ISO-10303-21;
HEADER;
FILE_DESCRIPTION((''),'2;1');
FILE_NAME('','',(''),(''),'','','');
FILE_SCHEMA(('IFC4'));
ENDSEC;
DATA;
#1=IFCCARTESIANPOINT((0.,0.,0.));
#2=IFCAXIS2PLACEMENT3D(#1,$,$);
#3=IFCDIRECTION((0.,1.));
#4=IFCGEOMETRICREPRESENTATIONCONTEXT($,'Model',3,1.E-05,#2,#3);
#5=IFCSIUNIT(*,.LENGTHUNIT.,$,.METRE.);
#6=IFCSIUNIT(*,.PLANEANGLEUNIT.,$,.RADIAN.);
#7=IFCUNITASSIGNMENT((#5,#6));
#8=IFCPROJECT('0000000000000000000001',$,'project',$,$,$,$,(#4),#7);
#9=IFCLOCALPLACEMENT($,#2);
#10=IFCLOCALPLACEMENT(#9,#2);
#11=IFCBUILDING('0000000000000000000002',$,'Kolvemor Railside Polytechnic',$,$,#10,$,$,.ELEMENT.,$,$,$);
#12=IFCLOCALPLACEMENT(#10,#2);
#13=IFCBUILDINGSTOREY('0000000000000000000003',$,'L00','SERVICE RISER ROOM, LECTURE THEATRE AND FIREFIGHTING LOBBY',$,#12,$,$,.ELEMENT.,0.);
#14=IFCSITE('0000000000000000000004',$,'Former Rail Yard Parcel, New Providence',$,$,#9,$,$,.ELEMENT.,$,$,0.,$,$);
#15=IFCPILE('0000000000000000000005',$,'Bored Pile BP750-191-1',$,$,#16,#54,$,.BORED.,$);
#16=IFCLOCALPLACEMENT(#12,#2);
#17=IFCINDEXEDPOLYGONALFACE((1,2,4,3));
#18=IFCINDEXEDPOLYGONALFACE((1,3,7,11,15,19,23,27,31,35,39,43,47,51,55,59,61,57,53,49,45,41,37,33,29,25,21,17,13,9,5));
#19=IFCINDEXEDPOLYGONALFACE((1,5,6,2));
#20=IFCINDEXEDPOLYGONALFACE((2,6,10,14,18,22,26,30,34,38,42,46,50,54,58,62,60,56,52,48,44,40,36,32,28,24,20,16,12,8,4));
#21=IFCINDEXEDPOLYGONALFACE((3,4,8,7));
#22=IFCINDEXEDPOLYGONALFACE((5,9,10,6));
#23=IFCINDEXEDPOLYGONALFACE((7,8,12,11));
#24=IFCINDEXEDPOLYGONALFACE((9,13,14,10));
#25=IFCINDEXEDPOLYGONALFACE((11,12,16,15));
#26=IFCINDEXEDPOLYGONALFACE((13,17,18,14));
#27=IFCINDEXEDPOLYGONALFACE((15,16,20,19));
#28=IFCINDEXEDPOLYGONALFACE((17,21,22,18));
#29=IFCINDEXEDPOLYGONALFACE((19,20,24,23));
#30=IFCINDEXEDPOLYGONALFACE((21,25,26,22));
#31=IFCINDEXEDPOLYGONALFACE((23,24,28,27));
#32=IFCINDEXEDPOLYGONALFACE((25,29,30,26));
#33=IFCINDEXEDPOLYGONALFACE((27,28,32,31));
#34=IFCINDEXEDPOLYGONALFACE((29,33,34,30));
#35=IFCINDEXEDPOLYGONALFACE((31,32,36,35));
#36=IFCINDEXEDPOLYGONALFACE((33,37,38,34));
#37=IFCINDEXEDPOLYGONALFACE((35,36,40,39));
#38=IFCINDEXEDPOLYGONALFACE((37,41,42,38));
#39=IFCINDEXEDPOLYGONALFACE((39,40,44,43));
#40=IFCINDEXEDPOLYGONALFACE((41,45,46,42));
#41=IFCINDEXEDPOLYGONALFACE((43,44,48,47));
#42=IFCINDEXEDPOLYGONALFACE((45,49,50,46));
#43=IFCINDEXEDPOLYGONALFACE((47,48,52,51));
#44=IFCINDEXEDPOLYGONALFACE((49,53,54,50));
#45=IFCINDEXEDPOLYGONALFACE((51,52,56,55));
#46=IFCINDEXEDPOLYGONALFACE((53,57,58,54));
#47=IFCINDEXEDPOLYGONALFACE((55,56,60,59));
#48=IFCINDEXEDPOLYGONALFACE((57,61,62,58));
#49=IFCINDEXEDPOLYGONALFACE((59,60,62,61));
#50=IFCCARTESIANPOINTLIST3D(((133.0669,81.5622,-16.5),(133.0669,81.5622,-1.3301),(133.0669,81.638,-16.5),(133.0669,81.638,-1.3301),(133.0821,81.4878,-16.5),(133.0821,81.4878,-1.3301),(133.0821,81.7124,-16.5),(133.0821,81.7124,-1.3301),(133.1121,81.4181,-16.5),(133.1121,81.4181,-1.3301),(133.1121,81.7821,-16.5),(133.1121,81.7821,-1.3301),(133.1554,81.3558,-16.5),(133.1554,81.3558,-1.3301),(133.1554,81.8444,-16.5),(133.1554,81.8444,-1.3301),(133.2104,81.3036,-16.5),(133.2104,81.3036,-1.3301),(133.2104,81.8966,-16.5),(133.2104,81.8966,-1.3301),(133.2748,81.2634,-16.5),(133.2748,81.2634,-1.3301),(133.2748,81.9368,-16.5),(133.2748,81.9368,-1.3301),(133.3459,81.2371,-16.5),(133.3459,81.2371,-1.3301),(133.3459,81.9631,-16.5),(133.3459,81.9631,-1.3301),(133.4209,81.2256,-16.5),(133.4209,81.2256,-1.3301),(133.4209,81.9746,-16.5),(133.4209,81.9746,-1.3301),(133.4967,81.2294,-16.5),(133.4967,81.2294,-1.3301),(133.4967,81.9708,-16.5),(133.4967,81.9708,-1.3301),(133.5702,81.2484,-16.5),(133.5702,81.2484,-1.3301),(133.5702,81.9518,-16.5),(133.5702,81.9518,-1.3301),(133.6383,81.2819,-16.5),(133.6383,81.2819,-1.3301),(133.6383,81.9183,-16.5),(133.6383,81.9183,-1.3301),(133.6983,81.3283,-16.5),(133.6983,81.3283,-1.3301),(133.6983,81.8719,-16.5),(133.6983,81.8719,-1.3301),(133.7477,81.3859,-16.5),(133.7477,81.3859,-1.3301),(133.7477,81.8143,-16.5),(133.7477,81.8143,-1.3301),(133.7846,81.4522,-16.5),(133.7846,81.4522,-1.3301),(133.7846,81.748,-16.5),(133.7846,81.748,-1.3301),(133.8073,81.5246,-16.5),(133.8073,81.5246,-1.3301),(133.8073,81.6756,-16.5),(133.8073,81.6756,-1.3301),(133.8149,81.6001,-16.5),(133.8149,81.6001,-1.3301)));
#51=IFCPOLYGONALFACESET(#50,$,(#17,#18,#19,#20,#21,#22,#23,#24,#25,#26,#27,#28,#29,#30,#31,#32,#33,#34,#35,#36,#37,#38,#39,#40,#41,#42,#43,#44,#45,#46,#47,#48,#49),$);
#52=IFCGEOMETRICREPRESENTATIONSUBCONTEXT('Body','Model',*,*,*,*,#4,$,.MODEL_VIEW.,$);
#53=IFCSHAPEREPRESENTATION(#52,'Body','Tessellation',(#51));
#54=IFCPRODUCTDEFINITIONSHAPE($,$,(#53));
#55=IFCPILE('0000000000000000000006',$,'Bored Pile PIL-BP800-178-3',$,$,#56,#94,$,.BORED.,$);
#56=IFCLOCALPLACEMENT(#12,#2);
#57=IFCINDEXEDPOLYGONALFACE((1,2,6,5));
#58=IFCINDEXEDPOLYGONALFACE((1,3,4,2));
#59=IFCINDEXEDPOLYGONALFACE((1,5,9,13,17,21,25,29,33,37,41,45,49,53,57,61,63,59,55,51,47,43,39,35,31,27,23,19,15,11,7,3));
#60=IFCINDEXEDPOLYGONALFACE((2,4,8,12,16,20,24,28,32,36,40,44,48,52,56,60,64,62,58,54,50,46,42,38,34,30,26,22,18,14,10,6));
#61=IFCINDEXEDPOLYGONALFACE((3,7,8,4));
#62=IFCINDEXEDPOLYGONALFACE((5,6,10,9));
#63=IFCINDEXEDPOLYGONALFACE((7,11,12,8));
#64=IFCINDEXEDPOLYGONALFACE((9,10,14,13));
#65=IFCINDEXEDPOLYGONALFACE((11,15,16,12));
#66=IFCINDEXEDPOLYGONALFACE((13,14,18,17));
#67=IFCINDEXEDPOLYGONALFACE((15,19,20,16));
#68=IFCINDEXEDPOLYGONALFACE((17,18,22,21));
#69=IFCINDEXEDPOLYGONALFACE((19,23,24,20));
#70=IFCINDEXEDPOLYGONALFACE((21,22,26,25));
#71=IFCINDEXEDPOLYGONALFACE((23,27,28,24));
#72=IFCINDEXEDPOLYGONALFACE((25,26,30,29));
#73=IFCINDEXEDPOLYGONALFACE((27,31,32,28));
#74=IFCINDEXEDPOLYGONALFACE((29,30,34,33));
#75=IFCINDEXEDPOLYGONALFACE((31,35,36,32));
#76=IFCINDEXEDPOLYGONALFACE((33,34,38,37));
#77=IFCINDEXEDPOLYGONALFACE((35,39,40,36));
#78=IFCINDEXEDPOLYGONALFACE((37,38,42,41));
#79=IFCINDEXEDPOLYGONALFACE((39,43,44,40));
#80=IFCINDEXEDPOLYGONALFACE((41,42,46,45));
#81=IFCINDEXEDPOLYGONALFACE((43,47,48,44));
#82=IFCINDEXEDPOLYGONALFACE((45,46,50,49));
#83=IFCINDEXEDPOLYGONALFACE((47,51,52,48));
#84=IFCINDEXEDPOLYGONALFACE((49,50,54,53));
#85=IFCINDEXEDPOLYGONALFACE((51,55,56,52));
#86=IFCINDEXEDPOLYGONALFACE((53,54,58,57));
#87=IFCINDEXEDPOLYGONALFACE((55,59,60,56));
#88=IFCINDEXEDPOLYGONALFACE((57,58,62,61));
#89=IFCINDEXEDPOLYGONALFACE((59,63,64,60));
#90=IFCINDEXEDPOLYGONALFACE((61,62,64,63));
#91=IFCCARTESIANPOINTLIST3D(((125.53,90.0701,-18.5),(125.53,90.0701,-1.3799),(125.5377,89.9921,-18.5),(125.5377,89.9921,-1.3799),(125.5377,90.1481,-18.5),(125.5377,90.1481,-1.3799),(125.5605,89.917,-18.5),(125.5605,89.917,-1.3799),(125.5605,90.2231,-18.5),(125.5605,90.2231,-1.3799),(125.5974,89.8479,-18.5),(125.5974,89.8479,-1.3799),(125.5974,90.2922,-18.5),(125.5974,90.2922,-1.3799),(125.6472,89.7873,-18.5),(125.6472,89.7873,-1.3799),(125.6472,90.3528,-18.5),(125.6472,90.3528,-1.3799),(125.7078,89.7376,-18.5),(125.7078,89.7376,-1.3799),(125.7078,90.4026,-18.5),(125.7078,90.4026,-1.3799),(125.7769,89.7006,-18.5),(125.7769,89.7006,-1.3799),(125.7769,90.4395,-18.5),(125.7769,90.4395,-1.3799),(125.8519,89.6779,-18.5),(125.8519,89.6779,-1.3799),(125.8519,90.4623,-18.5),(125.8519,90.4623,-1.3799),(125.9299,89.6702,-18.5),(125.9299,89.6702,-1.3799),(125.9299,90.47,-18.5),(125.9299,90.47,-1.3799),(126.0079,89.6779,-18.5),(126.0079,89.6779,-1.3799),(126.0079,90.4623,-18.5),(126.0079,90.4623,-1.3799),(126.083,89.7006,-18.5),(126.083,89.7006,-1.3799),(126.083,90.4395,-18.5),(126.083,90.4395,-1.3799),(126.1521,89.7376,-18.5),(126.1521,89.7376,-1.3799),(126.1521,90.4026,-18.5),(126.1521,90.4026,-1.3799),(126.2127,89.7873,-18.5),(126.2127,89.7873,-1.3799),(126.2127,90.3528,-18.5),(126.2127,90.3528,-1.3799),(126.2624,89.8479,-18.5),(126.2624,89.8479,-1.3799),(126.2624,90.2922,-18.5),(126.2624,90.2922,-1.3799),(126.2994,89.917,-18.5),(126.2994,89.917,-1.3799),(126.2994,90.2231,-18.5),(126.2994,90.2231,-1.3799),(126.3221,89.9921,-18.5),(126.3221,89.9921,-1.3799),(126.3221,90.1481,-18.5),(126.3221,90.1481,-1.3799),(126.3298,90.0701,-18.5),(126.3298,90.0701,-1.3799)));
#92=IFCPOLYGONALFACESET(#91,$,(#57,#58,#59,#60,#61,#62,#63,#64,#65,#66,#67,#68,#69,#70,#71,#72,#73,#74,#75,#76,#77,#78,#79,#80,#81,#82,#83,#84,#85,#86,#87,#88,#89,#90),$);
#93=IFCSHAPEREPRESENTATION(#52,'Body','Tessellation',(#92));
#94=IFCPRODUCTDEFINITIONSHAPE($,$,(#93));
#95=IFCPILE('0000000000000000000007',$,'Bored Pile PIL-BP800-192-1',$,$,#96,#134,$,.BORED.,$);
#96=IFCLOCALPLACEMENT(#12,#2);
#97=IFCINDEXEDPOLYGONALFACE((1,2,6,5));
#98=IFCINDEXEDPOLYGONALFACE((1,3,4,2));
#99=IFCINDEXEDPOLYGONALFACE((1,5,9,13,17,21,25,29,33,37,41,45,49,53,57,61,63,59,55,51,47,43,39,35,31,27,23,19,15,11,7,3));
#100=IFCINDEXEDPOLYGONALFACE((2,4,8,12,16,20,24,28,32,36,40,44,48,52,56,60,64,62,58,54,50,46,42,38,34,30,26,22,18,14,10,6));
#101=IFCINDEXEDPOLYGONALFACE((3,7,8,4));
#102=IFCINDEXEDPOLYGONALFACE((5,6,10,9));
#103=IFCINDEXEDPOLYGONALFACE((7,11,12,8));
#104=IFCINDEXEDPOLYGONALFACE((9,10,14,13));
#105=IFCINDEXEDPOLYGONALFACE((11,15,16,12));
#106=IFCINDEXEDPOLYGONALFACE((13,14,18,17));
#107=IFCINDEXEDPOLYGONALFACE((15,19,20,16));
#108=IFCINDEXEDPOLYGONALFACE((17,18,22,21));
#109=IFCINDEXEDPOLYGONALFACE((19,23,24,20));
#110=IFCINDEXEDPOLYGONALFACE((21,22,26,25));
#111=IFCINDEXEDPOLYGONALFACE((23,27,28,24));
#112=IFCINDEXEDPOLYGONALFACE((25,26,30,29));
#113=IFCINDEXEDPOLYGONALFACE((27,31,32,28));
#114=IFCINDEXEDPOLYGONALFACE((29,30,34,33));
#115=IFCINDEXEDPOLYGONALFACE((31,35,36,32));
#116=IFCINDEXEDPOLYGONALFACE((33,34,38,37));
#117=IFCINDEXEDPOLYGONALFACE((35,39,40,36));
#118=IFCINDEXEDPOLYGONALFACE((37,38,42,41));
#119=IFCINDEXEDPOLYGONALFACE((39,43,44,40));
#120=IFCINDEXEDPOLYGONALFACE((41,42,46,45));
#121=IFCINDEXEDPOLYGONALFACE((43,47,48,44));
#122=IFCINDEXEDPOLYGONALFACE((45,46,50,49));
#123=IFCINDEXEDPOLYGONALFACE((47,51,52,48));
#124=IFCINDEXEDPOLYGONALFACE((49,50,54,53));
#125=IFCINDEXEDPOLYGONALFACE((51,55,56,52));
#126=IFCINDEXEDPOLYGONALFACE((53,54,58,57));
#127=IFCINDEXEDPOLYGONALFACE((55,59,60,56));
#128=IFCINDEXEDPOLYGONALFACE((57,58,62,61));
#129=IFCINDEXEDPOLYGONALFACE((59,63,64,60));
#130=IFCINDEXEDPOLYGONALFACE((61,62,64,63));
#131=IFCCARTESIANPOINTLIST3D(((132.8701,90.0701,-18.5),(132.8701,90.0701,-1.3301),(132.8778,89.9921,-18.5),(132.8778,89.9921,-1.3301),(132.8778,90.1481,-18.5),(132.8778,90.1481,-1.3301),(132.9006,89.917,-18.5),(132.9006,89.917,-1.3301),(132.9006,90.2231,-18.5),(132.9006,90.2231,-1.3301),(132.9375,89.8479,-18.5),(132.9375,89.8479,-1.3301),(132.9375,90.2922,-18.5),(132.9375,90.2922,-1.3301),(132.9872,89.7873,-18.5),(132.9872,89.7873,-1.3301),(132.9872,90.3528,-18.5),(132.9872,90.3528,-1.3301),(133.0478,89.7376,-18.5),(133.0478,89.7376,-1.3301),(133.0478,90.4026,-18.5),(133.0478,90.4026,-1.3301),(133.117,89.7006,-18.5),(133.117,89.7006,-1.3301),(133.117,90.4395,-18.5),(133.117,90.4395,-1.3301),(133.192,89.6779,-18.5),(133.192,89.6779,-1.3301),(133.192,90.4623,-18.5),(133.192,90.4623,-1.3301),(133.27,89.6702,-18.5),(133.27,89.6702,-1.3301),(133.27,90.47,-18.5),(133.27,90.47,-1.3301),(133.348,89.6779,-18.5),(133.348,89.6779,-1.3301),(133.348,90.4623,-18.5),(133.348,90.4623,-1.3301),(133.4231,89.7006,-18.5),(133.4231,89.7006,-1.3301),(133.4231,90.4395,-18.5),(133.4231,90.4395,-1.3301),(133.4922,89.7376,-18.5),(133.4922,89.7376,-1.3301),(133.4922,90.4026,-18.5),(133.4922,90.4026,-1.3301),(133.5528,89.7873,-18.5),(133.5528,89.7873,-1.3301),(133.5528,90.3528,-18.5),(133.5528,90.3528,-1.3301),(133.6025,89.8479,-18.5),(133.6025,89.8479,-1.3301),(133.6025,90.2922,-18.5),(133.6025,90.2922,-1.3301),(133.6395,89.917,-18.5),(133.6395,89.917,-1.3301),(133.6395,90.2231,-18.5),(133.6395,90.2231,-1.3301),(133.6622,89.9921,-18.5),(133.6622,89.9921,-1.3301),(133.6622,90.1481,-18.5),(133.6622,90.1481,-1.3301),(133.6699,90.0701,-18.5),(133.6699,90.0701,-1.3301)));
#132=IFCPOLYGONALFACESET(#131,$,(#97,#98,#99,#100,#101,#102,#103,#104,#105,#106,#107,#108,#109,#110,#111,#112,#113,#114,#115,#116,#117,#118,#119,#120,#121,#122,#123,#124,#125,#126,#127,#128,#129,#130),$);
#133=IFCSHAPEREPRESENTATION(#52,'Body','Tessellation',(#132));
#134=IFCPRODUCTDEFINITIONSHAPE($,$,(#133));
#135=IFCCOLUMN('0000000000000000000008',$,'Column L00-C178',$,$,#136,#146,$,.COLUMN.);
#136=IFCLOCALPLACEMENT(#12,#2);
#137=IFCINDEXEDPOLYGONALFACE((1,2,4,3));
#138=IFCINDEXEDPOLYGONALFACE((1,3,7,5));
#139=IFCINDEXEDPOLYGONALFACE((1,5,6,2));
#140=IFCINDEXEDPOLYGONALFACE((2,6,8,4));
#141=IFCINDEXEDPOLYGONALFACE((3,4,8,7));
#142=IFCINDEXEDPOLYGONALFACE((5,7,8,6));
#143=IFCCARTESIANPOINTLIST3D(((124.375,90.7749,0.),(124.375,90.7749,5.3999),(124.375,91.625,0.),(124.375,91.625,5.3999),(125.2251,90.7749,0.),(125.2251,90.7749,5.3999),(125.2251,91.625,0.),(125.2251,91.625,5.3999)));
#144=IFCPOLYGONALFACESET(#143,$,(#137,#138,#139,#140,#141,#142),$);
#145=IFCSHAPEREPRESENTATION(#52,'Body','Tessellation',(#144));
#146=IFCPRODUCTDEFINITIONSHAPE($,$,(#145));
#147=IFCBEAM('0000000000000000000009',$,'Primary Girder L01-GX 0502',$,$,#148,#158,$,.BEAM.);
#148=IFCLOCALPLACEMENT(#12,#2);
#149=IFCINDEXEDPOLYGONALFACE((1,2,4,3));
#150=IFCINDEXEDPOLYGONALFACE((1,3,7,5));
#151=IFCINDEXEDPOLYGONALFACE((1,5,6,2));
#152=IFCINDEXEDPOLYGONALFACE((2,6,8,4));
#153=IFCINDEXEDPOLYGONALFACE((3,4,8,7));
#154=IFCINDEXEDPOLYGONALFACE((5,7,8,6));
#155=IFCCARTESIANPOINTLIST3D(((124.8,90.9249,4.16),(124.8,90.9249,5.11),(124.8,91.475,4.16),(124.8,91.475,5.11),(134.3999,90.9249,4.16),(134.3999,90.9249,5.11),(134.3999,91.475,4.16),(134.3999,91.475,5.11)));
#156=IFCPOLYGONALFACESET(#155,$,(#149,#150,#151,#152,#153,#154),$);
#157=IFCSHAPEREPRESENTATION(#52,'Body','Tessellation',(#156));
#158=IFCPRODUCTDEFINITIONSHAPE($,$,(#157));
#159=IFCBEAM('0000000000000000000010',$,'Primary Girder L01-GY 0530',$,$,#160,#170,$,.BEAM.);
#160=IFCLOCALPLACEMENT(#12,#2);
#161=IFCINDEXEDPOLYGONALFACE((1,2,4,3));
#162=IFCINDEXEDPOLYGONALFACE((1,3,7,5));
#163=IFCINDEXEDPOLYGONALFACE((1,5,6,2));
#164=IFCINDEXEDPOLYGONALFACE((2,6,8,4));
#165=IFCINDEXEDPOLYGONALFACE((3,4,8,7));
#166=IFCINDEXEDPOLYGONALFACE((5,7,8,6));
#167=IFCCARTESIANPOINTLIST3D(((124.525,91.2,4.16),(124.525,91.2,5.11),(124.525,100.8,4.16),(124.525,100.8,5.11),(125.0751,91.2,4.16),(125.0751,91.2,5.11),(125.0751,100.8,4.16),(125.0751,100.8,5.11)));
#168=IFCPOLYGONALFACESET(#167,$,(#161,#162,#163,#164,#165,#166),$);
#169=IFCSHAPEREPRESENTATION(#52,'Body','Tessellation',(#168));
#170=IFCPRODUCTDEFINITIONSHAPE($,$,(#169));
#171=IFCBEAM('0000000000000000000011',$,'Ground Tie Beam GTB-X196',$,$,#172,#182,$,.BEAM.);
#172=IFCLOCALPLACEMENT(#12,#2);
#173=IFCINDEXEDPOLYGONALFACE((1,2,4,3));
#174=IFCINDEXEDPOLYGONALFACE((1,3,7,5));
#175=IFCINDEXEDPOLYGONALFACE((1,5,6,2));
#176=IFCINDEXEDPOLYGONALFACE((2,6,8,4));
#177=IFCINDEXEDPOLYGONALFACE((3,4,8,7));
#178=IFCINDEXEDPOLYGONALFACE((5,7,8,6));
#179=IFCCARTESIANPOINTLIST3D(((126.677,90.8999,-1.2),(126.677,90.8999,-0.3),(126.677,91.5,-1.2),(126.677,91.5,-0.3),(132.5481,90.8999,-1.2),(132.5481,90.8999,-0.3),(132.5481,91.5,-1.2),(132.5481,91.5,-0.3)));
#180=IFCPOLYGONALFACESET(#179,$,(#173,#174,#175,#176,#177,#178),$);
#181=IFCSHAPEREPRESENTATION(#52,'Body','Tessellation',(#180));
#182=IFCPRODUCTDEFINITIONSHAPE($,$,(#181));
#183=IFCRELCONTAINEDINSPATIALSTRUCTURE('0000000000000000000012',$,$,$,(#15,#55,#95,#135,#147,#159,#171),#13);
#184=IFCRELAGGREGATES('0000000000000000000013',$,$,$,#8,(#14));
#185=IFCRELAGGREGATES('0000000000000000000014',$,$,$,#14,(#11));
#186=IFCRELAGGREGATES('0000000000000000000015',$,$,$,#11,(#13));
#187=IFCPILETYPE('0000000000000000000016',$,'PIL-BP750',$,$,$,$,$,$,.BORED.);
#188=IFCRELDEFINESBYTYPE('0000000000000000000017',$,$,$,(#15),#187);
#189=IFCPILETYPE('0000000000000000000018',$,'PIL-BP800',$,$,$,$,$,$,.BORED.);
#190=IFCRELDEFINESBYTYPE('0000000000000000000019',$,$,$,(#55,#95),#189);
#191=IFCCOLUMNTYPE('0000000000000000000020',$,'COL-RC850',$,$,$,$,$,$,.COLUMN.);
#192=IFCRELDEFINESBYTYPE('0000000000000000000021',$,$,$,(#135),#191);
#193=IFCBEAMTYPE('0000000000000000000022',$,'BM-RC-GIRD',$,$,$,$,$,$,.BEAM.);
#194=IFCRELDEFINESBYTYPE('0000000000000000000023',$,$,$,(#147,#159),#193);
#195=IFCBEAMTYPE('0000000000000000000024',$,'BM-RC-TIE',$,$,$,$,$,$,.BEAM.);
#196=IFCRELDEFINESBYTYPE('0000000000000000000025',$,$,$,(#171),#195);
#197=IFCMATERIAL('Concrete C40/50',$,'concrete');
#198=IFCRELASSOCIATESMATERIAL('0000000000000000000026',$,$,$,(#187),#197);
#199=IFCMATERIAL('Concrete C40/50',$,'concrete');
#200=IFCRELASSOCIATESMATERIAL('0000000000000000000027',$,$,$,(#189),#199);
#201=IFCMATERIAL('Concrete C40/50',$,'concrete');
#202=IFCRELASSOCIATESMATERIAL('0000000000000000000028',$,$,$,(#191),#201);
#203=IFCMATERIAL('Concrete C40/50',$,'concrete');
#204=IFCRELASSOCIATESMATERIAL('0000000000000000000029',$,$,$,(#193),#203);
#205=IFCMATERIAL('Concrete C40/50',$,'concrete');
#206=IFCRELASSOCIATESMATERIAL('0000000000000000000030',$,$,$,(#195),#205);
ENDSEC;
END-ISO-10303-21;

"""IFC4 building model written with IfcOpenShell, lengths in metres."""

from ifc_helpers import new_model, si_unit, direction, frame, origin, origin_2d, place, context, subcontext, project, spatial, rectangle, circle, extrude, material, material_profile, profile_set, type_object, element, save


model = new_model("IFC4")

# Units and contexts
model_context = context("Model", 3, precision=1e-05, world=origin(), true_north=direction((0.0, 1.0)))
body_context = subcontext(model_context, "Body", "Model", "MODEL_VIEW")
ifc_project = project(units=[si_unit("LENGTHUNIT", "METRE"), si_unit("PLANEANGLEUNIT", "RADIAN")], contexts=[model_context])

# Site, building, storey
site_placement = place(None, origin())
site = spatial("IfcSite", under=ifc_project, at=site_placement, Name="Former Rail Yard Parcel, New Providence", CompositionType="ELEMENT", RefElevation=0.0)
building_placement = place(site_placement, origin())
building = spatial("IfcBuilding", under=site, at=building_placement, Name="Kolvemor Railside Polytechnic", CompositionType="ELEMENT")
storey_placement = place(building_placement, origin())
storey = spatial("IfcBuildingStorey", under=building, at=storey_placement, Name="L00", Description="SERVICE RISER ROOM, LECTURE THEATRE AND FIREFIGHTING LOBBY", CompositionType="ELEMENT", Elevation=0.0)

# Piles
ifc_material_1 = material(Name="Concrete C40/50", Category="concrete")
ifc_material_profile_1 = material_profile(ifc_material_1, circle(Radius=0.375, at=origin_2d()), Name="BP750")
ifc_profile_set_1 = profile_set([ifc_material_profile_1], Name="Concrete C40/50")
pile_type_1 = type_object("IfcPileType", Name="PIL-BP750", PredefinedType="BORED", material=ifc_profile_set_1)
pile_1_placement = place(storey_placement, frame((133.4399, 81.6001, -1.3301), z_axis=(0.0, 0.0, -1.0), x_axis=(1.0, 0.0, 0.0)))
element("IfcPile", 1, at=pile_1_placement, inside=storey, type_object=pile_type_1, Name="Bored Pile BP750-191-1", PredefinedType="BORED", context=body_context, shape_type="SweptSolid", body=[
    extrude(circle(Radius=0.375, at=origin_2d()), origin(), (0.0, 0.0, 1.0), 15.1699),
])
ifc_material_2 = material(Name="Concrete C40/50", Category="concrete")
ifc_material_profile_2 = material_profile(ifc_material_2, circle(Radius=0.3999, at=origin_2d()), Name="BP800")
ifc_profile_set_2 = profile_set([ifc_material_profile_2], Name="Concrete C40/50")
pile_type_2 = type_object("IfcPileType", Name="PIL-BP800", PredefinedType="BORED", material=ifc_profile_set_2)
pile_2_placement = place(storey_placement, frame((125.9299, 90.0701, -1.3799), z_axis=(0.0, 0.0, -1.0), x_axis=(1.0, 0.0, 0.0)))
element("IfcPile", 2, at=pile_2_placement, inside=storey, type_object=pile_type_2, Name="Bored Pile PIL-BP800-178-3", PredefinedType="BORED", context=body_context, shape_type="SweptSolid", body=[
    extrude(circle(Radius=0.3999, at=origin_2d()), origin(), (0.0, 0.0, 1.0), 17.1201),
])
pile_3_placement = place(storey_placement, frame((133.27, 90.0701, -1.3301), z_axis=(0.0, 0.0, -1.0), x_axis=(1.0, 0.0, 0.0)))
element("IfcPile", 3, at=pile_3_placement, inside=storey, type_object=pile_type_2, Name="Bored Pile PIL-BP800-192-1", PredefinedType="BORED", context=body_context, shape_type="SweptSolid", body=[
    extrude(circle(Radius=0.3999, at=origin_2d()), origin(), (0.0, 0.0, 1.0), 17.1699),
])

# Column
ifc_material_3 = material(Name="Concrete C40/50", Category="concrete")
ifc_material_profile_3 = material_profile(ifc_material_3, rectangle(XDim=0.8501, YDim=0.8501, at=origin_2d()), Name="RC850x850")
ifc_profile_set_3 = profile_set([ifc_material_profile_3], Name="Concrete C40/50")
column_type = type_object("IfcColumnType", Name="COL-RC850", PredefinedType="COLUMN", material=ifc_profile_set_3)
column_placement = place(storey_placement, frame((124.8, 91.2, 0.0), z_axis=(0.0, 0.0, 1.0), x_axis=(1.0, 0.0, 0.0)))
element("IfcColumn", 4, at=column_placement, inside=storey, type_object=column_type, Name="Column L00-C178", PredefinedType="COLUMN", context=body_context, shape_type="SweptSolid", body=[
    extrude(rectangle(XDim=0.8501, YDim=0.8501, at=origin_2d()), origin(), (0.0, 0.0, 1.0), 5.3999),
])

# Beams
ifc_material_4 = material(Name="Concrete C40/50", Category="concrete")
ifc_material_profile_4 = material_profile(ifc_material_4, rectangle(XDim=0.55, YDim=0.95, at=origin_2d()), Name="RC550x950")
ifc_profile_set_4 = profile_set([ifc_material_profile_4], Name="Concrete C40/50")
beam_type_1 = type_object("IfcBeamType", Name="BM-RC-GIRD", PredefinedType="BEAM", material=ifc_profile_set_4)
beam_1_placement = place(storey_placement, frame((124.8, 91.2, 4.635), z_axis=(1.0, 0.0, 0.0), x_axis=(0.0, 1.0, 0.0)))
element("IfcBeam", 5, at=beam_1_placement, inside=storey, type_object=beam_type_1, Name="Primary Girder L01-GX 0502", PredefinedType="BEAM", context=body_context, shape_type="SweptSolid", body=[
    extrude(rectangle(XDim=0.55, YDim=0.95, at=origin_2d()), origin(), (0.0, 0.0, 1.0), 9.5999),
])
beam_2_placement = place(storey_placement, frame((124.8, 91.2, 4.635), z_axis=(0.0, 1.0, 0.0), x_axis=(-1.0, 0.0, 0.0)))
element("IfcBeam", 6, at=beam_2_placement, inside=storey, type_object=beam_type_1, Name="Primary Girder L01-GY 0530", PredefinedType="BEAM", context=body_context, shape_type="SweptSolid", body=[
    extrude(rectangle(XDim=0.55, YDim=0.95, at=origin_2d()), origin(), (0.0, 0.0, 1.0), 9.6001),
])
ifc_material_5 = material(Name="Concrete C40/50", Category="concrete")
ifc_material_profile_5 = material_profile(ifc_material_5, rectangle(XDim=0.6001, YDim=0.8999, at=origin_2d()), Name="RC600x900")
ifc_profile_set_5 = profile_set([ifc_material_profile_5], Name="Concrete C40/50")
beam_type_2 = type_object("IfcBeamType", Name="BM-RC-TIE", PredefinedType="BEAM", material=ifc_profile_set_5)
beam_3_placement = place(storey_placement, frame((126.677, 91.2, -0.75), z_axis=(1.0, 0.0, 0.0), x_axis=(0.0, 1.0, 0.0)))
element("IfcBeam", 7, at=beam_3_placement, inside=storey, type_object=beam_type_2, Name="Ground Tie Beam GTB-X196", PredefinedType="BEAM", context=body_context, shape_type="SweptSolid", body=[
    extrude(rectangle(XDim=0.6001, YDim=0.8999, at=origin_2d()), origin(), (0.0, 0.0, 1.0), 5.8711),
])

save(model, "model.ifc")
